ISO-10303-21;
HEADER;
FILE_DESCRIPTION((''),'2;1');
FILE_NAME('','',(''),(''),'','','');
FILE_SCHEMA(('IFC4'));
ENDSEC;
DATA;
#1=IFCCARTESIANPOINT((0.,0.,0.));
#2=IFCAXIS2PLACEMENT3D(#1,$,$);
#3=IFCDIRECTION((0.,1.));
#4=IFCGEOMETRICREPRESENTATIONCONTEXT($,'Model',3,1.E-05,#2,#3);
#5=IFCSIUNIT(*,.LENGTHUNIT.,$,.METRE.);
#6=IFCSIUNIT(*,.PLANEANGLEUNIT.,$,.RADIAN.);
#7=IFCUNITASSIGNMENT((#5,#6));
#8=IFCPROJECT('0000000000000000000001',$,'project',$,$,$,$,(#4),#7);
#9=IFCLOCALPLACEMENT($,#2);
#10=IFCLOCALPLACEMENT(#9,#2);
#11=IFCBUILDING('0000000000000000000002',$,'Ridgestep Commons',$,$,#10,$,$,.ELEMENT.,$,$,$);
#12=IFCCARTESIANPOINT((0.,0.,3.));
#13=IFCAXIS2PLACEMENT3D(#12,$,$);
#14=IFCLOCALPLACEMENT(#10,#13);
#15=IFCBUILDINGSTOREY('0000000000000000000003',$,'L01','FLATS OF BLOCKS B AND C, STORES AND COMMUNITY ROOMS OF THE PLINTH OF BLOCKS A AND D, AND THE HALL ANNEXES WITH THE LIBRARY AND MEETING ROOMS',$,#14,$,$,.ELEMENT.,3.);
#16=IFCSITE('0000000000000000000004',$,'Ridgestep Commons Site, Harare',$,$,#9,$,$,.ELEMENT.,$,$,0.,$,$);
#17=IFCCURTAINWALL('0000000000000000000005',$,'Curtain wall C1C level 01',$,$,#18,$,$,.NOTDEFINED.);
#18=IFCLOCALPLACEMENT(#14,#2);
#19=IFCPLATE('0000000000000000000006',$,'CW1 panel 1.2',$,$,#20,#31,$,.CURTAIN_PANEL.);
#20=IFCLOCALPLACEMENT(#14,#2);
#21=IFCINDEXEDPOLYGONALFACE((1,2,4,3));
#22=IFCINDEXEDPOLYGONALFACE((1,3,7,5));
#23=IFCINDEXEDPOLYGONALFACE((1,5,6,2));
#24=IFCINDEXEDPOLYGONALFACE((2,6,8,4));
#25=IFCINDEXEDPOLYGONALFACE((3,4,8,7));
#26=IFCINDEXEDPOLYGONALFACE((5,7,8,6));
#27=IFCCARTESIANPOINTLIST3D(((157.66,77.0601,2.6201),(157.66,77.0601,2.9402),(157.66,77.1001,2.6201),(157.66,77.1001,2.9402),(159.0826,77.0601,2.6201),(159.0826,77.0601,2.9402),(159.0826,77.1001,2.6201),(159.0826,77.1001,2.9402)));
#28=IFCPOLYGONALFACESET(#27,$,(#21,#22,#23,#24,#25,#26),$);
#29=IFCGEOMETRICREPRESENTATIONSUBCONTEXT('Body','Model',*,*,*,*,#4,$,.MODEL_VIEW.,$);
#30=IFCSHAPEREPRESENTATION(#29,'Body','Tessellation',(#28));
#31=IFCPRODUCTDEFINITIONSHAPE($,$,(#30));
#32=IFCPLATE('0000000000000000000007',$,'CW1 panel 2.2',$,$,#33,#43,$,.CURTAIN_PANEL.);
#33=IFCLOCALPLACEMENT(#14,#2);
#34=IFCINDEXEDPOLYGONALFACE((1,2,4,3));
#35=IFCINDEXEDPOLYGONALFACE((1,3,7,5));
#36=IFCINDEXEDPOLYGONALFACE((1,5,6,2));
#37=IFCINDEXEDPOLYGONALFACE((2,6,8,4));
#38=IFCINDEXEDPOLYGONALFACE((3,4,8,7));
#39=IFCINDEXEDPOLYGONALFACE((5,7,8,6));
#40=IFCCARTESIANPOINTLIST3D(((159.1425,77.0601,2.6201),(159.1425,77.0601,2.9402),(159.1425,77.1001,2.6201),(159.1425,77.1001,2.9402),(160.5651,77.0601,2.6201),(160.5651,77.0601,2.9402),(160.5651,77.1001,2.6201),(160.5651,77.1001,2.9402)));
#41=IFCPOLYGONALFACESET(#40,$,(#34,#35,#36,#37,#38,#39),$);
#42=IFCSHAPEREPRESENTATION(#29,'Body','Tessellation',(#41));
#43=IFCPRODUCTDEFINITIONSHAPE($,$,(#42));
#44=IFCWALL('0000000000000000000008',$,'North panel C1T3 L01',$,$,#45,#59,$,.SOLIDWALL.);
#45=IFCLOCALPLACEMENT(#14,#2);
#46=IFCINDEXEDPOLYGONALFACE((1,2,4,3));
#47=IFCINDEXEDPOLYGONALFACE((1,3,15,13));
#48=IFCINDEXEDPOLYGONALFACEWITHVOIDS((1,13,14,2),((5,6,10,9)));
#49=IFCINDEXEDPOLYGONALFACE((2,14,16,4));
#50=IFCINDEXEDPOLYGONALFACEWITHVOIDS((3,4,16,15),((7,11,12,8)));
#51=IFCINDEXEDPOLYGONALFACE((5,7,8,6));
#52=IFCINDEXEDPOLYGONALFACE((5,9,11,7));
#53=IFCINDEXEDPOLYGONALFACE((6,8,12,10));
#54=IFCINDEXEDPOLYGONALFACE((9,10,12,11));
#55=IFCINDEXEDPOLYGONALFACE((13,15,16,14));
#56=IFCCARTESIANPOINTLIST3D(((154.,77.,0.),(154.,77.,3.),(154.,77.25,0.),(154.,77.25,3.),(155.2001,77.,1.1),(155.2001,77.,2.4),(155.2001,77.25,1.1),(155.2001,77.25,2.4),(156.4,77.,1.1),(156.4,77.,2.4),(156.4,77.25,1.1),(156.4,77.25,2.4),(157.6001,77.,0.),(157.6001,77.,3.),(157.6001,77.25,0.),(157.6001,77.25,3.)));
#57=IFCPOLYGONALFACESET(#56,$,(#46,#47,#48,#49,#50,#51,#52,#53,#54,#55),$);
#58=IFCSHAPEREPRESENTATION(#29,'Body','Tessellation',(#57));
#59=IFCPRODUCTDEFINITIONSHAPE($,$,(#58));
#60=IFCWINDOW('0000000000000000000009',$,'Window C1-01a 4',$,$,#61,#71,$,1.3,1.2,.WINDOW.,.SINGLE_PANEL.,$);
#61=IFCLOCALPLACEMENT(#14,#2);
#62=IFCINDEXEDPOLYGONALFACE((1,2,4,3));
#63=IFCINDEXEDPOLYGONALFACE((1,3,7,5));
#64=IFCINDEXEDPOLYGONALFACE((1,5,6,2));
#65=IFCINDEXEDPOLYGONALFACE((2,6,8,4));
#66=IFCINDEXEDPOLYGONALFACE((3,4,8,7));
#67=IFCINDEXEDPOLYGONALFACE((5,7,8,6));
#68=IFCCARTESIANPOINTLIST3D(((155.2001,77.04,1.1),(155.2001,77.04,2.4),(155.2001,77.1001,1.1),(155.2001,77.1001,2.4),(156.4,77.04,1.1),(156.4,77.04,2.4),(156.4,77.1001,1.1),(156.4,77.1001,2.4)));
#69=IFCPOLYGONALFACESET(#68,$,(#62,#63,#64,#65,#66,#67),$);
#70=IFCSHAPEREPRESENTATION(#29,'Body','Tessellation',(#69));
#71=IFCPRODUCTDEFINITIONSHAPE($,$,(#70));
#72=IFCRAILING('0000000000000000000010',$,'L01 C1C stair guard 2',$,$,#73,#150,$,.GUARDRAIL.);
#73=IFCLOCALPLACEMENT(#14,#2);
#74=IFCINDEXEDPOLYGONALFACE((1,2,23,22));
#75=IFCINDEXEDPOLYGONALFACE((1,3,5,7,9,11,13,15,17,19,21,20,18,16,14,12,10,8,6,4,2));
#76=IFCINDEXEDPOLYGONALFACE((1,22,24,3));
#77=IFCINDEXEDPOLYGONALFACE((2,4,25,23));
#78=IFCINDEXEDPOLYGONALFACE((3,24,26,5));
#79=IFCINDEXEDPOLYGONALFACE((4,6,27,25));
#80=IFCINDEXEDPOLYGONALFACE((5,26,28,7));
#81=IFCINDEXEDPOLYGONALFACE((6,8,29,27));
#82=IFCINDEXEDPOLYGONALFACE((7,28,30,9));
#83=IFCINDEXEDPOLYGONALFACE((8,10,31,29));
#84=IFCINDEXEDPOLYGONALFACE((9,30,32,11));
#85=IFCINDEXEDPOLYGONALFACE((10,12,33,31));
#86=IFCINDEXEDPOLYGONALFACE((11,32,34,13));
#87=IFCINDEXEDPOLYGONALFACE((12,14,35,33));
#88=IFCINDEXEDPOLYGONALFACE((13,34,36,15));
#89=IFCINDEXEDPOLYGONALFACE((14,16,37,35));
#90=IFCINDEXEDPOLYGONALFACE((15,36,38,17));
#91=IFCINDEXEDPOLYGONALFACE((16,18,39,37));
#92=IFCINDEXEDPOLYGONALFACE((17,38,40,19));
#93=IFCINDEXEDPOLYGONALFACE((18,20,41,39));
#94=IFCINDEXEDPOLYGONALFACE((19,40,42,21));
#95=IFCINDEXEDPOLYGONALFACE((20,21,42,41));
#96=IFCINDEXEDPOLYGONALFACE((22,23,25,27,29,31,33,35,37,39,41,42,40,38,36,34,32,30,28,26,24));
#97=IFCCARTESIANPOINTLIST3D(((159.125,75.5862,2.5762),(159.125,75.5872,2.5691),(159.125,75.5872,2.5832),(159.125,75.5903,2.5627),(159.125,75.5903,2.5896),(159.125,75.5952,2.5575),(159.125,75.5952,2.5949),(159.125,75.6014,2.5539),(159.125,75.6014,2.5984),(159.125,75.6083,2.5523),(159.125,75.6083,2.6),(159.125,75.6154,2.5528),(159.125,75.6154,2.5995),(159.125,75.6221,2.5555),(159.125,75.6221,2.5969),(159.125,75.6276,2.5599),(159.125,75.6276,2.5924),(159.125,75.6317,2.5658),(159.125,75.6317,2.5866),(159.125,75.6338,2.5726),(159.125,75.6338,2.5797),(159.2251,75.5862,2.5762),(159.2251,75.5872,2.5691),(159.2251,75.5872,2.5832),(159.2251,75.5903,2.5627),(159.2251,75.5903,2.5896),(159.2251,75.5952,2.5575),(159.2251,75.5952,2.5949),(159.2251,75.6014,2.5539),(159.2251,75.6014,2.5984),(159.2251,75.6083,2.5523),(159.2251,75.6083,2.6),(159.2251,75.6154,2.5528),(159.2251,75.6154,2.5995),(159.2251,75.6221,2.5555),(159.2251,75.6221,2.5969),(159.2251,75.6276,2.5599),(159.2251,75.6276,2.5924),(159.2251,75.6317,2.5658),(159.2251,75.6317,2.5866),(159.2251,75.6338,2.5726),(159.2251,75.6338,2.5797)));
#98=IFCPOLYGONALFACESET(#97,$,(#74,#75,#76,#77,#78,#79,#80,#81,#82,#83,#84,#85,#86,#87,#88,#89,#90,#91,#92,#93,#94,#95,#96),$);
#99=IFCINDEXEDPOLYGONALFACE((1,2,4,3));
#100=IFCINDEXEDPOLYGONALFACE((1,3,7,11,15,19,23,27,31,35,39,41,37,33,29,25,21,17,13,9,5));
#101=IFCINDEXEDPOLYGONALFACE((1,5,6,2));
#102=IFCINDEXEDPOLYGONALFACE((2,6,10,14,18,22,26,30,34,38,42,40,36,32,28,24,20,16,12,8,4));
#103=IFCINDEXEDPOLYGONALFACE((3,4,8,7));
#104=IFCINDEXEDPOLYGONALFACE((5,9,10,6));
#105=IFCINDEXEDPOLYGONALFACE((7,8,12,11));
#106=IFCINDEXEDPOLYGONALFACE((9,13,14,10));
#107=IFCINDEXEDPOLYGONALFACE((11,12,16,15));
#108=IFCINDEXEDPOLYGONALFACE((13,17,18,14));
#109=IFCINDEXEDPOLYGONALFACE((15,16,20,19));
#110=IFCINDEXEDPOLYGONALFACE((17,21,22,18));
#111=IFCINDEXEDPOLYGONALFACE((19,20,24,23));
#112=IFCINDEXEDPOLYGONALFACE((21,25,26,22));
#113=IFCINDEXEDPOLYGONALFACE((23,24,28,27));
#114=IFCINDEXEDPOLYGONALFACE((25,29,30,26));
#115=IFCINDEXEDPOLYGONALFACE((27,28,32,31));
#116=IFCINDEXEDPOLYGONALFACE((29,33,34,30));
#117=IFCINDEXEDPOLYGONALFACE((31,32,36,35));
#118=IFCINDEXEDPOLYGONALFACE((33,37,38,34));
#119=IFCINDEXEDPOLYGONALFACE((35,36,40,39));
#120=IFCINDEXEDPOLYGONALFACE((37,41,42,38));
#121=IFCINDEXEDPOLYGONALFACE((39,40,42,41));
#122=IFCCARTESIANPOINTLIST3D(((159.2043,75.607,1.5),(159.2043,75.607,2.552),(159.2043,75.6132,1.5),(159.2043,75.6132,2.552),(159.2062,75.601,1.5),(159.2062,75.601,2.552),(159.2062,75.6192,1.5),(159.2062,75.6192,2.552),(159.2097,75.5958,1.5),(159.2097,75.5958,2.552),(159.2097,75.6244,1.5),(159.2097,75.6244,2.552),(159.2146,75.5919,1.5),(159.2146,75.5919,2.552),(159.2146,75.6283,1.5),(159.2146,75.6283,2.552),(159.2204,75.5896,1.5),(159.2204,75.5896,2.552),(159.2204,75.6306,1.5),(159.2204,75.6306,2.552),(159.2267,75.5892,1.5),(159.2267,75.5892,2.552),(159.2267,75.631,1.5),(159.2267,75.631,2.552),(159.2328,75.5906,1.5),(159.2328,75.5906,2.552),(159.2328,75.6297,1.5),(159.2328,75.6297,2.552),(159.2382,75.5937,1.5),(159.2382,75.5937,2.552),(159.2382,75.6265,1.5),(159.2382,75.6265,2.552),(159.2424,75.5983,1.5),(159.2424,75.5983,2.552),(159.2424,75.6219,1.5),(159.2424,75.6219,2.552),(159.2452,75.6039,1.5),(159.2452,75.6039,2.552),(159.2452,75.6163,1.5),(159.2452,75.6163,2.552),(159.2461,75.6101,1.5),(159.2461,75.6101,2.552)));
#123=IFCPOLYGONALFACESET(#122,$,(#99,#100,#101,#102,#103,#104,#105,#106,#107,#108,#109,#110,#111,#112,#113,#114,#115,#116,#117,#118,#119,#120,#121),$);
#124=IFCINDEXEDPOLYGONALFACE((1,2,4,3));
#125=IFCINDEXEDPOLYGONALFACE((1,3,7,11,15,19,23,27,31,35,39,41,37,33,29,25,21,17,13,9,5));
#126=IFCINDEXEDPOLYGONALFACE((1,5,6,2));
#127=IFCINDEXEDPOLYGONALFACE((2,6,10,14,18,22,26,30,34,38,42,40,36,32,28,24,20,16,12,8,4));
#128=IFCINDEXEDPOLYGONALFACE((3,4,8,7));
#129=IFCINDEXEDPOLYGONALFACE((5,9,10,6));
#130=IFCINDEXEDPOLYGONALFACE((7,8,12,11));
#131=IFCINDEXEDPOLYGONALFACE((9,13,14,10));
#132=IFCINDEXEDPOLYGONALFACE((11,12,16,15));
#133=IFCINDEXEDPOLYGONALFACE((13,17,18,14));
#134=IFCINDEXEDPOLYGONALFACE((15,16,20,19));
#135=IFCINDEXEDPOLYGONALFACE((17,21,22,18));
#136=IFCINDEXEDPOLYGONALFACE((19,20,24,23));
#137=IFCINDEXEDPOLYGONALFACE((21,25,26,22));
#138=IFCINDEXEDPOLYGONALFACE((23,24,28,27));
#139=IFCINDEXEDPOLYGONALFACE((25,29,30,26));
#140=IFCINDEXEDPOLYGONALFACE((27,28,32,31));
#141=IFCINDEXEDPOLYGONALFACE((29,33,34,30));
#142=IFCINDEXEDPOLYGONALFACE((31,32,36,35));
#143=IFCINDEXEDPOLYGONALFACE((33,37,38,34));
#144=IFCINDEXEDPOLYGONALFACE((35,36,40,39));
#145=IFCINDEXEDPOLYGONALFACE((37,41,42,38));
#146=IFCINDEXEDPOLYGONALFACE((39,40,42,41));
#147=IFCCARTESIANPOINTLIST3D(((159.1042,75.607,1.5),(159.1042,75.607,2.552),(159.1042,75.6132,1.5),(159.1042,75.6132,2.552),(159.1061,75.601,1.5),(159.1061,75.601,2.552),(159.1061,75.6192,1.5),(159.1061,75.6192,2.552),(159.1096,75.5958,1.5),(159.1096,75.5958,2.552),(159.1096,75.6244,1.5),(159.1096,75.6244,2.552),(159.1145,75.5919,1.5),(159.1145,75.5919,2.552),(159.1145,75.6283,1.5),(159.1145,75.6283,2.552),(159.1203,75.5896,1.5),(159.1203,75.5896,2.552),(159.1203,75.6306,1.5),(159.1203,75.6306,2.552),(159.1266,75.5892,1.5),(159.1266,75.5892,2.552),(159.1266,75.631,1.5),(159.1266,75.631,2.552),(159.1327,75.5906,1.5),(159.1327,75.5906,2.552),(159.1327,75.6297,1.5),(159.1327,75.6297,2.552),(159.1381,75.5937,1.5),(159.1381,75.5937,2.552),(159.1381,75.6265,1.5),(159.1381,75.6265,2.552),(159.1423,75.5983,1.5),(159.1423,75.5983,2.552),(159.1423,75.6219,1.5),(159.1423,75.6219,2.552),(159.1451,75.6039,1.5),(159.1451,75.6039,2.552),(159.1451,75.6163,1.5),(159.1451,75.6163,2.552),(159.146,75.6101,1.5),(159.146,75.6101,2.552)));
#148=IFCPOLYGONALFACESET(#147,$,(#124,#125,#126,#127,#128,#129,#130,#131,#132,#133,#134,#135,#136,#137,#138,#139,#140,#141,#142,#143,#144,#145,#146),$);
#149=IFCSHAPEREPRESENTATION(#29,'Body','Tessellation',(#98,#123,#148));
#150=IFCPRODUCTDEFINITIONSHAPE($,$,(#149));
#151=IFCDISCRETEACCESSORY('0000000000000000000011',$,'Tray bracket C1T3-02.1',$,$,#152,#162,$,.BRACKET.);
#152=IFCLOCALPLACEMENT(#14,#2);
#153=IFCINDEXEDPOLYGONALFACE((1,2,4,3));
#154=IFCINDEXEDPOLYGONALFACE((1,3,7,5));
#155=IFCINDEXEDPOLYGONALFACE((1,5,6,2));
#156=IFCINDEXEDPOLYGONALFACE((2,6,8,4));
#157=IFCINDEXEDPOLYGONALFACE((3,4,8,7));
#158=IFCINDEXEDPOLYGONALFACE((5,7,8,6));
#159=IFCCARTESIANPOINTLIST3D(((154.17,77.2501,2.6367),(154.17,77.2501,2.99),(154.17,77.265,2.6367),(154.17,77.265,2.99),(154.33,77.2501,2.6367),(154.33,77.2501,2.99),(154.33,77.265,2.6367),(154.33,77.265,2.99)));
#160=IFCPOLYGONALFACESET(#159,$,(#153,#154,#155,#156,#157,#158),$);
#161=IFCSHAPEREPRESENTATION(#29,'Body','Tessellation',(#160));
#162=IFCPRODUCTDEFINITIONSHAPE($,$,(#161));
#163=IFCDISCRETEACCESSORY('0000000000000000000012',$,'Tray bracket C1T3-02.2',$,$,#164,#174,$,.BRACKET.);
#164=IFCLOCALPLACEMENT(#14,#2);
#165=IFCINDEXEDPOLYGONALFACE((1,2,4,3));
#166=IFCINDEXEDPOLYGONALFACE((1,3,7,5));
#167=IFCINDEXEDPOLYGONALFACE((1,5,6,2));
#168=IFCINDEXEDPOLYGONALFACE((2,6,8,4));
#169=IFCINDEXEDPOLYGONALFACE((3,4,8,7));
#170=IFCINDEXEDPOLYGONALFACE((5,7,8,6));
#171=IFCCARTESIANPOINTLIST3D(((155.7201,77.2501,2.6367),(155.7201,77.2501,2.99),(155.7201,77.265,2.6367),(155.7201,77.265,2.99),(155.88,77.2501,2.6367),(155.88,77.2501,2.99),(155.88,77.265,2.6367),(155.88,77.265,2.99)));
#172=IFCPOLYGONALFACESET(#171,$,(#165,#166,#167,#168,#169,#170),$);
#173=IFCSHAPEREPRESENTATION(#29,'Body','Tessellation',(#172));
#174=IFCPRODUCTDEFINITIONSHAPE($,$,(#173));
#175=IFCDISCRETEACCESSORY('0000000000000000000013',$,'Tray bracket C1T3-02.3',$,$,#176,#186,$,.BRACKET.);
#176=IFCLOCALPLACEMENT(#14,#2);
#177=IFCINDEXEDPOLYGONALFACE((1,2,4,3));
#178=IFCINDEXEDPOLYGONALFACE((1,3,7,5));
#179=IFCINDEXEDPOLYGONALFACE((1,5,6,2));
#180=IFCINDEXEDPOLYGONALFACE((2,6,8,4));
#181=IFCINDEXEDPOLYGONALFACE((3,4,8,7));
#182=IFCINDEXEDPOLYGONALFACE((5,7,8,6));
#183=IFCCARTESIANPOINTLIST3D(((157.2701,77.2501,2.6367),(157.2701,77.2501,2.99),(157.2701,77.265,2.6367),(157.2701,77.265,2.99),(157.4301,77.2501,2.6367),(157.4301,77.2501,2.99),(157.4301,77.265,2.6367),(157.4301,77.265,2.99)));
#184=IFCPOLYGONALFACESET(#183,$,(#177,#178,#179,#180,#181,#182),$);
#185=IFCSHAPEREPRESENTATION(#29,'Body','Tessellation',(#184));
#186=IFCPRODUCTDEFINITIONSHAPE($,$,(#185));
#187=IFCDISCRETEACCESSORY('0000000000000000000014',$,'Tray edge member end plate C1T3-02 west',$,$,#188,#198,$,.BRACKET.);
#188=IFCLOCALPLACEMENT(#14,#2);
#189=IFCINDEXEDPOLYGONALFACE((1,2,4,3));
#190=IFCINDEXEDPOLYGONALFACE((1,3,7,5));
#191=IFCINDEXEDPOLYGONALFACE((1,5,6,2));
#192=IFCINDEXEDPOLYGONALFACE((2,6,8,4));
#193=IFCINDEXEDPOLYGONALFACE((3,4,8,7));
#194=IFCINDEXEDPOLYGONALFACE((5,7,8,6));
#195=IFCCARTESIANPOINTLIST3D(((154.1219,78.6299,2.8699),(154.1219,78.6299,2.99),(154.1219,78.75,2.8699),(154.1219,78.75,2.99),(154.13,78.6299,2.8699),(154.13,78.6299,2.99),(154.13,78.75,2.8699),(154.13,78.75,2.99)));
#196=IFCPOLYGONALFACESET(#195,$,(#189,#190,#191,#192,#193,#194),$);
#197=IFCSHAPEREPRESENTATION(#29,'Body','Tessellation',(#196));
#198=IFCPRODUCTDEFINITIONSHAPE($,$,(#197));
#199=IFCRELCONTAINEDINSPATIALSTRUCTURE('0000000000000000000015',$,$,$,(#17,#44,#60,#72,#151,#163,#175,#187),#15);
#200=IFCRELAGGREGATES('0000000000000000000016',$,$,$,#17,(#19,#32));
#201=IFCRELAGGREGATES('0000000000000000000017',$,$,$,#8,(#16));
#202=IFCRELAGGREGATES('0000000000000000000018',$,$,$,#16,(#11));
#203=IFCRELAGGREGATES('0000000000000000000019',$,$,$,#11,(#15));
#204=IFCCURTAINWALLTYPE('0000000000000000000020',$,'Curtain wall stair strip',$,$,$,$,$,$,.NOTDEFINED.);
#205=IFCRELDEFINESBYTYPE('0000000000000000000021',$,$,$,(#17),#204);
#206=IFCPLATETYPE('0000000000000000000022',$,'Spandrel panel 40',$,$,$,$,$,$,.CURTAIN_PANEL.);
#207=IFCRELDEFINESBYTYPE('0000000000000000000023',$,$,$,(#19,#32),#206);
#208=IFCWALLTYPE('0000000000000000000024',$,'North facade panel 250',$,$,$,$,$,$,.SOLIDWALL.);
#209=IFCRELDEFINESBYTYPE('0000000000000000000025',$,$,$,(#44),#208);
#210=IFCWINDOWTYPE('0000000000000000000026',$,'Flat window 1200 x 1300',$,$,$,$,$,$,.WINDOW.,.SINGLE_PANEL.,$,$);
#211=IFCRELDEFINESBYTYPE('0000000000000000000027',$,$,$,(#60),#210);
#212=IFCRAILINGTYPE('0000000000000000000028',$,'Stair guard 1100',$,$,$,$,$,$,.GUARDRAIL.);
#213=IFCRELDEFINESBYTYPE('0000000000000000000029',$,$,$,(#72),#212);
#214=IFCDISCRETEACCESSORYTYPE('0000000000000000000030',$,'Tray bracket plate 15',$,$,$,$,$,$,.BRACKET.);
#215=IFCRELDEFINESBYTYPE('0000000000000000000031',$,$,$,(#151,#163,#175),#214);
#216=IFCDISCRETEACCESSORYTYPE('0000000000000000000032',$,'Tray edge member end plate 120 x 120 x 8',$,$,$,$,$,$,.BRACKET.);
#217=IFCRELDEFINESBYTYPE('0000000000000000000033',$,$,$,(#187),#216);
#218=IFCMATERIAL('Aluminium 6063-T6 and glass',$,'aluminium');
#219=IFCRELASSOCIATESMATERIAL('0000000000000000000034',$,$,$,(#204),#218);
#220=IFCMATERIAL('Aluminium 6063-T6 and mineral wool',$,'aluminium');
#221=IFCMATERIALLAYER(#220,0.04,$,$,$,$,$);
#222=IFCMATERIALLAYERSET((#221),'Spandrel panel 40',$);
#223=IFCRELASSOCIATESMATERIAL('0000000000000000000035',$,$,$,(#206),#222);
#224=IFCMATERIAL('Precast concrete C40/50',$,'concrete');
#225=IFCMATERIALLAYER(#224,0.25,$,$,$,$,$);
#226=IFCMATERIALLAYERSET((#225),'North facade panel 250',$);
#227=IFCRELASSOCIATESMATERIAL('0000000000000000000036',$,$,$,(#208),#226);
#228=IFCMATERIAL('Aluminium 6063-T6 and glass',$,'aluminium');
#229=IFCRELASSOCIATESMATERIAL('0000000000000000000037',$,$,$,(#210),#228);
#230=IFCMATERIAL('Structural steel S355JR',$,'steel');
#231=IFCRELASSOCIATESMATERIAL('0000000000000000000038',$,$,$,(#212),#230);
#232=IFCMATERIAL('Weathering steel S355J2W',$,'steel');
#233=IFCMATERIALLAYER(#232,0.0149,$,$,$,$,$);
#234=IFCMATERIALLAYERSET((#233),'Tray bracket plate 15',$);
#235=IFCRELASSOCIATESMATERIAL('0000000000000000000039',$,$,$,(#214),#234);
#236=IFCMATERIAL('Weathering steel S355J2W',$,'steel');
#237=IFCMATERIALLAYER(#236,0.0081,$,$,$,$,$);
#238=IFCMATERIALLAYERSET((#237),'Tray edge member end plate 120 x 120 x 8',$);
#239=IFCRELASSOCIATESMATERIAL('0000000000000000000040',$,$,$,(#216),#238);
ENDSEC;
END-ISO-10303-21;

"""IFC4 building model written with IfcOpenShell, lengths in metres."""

from ifc_helpers import new_model, si_unit, direction, frame, frame_2d, origin, origin_2d, place, context, subcontext, project, spatial, rectangle, circle, extrude, material, layer, layer_set, type_object, element, fill, aggregate, save


model = new_model("IFC4")

# Units and contexts
model_context = context("Model", 3, precision=1e-05, world=origin(), true_north=direction((0.0, 1.0)))
body_context = subcontext(model_context, "Body", "Model", "MODEL_VIEW")
ifc_project = project(units=[si_unit("LENGTHUNIT", "METRE"), si_unit("PLANEANGLEUNIT", "RADIAN")], contexts=[model_context])

# Site, building, storey
site_placement = place(None, origin())
site = spatial("IfcSite", under=ifc_project, at=site_placement, Name="Ridgestep Commons Site, Harare", CompositionType="ELEMENT", RefElevation=0.0)
building_placement = place(site_placement, origin())
building = spatial("IfcBuilding", under=site, at=building_placement, Name="Ridgestep Commons", CompositionType="ELEMENT")
storey_placement = place(building_placement, frame((0.0, 0.0, 3.0)))
storey = spatial("IfcBuildingStorey", under=building, at=storey_placement, Name="L01", Description="FLATS OF BLOCKS B AND C, STORES AND COMMUNITY ROOMS OF THE PLINTH OF BLOCKS A AND D, AND THE HALL ANNEXES WITH THE LIBRARY AND MEETING ROOMS", CompositionType="ELEMENT", Elevation=3.0)

# Curtain wall
ifc_material_1 = material(Name="Aluminium 6063-T6 and glass", Category="aluminium")
curtain_wall_type = type_object("IfcCurtainWallType", Name="Curtain wall stair strip", PredefinedType="NOTDEFINED", material=ifc_material_1)
curtain_wall_placement = place(storey_placement, origin())
curtain_wall = element("IfcCurtainWall", 1, at=curtain_wall_placement, inside=storey, type_object=curtain_wall_type, Name="Curtain wall C1C level 01", PredefinedType="NOTDEFINED")

# Plates
ifc_material_2 = material(Name="Aluminium 6063-T6 and mineral wool", Category="aluminium")
ifc_layer_1 = layer(ifc_material_2, 0.04)
ifc_layer_set_1 = layer_set([ifc_layer_1], Name="Spandrel panel 40")
plate_type_1 = type_object("IfcPlateType", Name="Spandrel panel 40", PredefinedType="CURTAIN_PANEL", material=ifc_layer_set_1)
plate_1_placement = place(storey_placement, frame((158.3713, 77.0801, 2.6201), z_axis=(0.0, 0.0, 1.0), x_axis=(1.0, 0.0, 0.0)))
plate_1 = element("IfcPlate", 2, at=plate_1_placement, type_object=plate_type_1, Name="CW1 panel 1.2", PredefinedType="CURTAIN_PANEL", context=body_context, shape_type="SweptSolid", body=[
    extrude(rectangle(XDim=1.4226, YDim=0.04, at=origin_2d()), origin(), (0.0, 0.0, 1.0), 0.3201),
])
plate_2_placement = place(storey_placement, frame((159.8538, 77.0801, 2.6201), z_axis=(0.0, 0.0, 1.0), x_axis=(1.0, 0.0, 0.0)))
plate_2 = element("IfcPlate", 3, at=plate_2_placement, type_object=plate_type_1, Name="CW1 panel 2.2", PredefinedType="CURTAIN_PANEL", context=body_context, shape_type="SweptSolid", body=[
    extrude(rectangle(XDim=1.4226, YDim=0.04, at=origin_2d()), origin(), (0.0, 0.0, 1.0), 0.3201),
])
aggregate(curtain_wall, [plate_1, plate_2])

# Wall, opening, window
ifc_material_3 = material(Name="Precast concrete C40/50", Category="concrete")
ifc_layer_2 = layer(ifc_material_3, 0.25)
ifc_layer_set_2 = layer_set([ifc_layer_2], Name="North facade panel 250")
wall_type = type_object("IfcWallType", Name="North facade panel 250", PredefinedType="SOLIDWALL", material=ifc_layer_set_2)
wall_placement = place(storey_placement, frame((154.0, 77.125, 0.0), z_axis=(0.0, 0.0, 1.0), x_axis=(1.0, 0.0, 0.0)))
wall = element("IfcWall", 4, at=wall_placement, inside=storey, type_object=wall_type, Name="North panel C1T3 L01", PredefinedType="SOLIDWALL", context=body_context, shape_type="SweptSolid", body=[
    extrude(rectangle(XDim=3.6001, YDim=0.25, at=frame_2d((1.8, 0.0))), origin(), (0.0, 0.0, 1.0), 3.0),
])
opening_placement = place(wall_placement, frame((1.2, 0.0, 1.1001)))
opening = element("IfcOpeningElement", 5, at=opening_placement, cuts=wall, PredefinedType="OPENING", context=body_context, shape_type="SweptSolid", body=[
    extrude(rectangle(XDim=1.2, YDim=1.3, at=frame_2d((0.6001, 0.6499))), frame((0.0, 0.135, 0.0), z_axis=(0.0, -1.0, 0.0), x_axis=(1.0, 0.0, 0.0)), (0.0, 0.0, 1.0), 0.27),
])
ifc_material_4 = material(Name="Aluminium 6063-T6 and glass", Category="aluminium")
window_type = type_object("IfcWindowType", Name="Flat window 1200 x 1300", PartitioningType="SINGLE_PANEL", PredefinedType="WINDOW", material=ifc_material_4)
window_placement = place(opening_placement, origin())
window = element("IfcWindow", 6, at=window_placement, inside=storey, type_object=window_type, Name="Window C1-01a 4", OverallHeight=1.3, OverallWidth=1.2, PartitioningType="SINGLE_PANEL", PredefinedType="WINDOW", context=body_context, shape_type="SweptSolid", body=[
    extrude(rectangle(XDim=1.2, YDim=1.3, at=frame_2d((0.6001, 0.6499))), frame((0.0, -0.0249, 0.0), z_axis=(0.0, -1.0, 0.0), x_axis=(1.0, 0.0, 0.0)), (0.0, 0.0, 1.0), 0.0601),
])
fill(opening, window)

# Railing
ifc_material_5 = material(Name="Structural steel S355JR", Category="steel")
railing_type = type_object("IfcRailingType", Name="Stair guard 1100", PredefinedType="GUARDRAIL", material=ifc_material_5)
railing_placement = place(storey_placement, frame((159.2251, 75.6101, 1.5)))
element("IfcRailing", 7, at=railing_placement, inside=storey, type_object=railing_type, Name="L01 C1C stair guard 2", PredefinedType="GUARDRAIL", context=body_context, shape_type="SweptSolid", body=[
    extrude(circle(Radius=0.0239, at=origin_2d()), frame((0.0, 0.0, 1.0762), z_axis=(-1.0, 0.0, 0.0), x_axis=(0.0, -1.0, 0.0)), (0.0, 0.0, 1.0), 0.1001),
    extrude(circle(Radius=0.021, at=origin_2d()), origin(), (0.0, 0.0, 1.0), 1.052),
    extrude(circle(Radius=0.021, at=origin_2d()), frame((-0.1001, 0.0, 0.0)), (0.0, 0.0, 1.0), 1.052),
])

# Discrete accessories
ifc_material_6 = material(Name="Weathering steel S355J2W", Category="steel")
ifc_layer_3 = layer(ifc_material_6, 0.0149)
ifc_layer_set_3 = layer_set([ifc_layer_3], Name="Tray bracket plate 15")
discrete_accessory_type_1 = type_object("IfcDiscreteAccessoryType", Name="Tray bracket plate 15", PredefinedType="BRACKET", material=ifc_layer_set_3)
for number, where, z_axis, x_axis, name in (
    (8, (154.25, 77.2576, 2.6367), (0.0, 0.0, 1.0), (1.0, 0.0, 0.0), "Tray bracket C1T3-02.1"),
    (9, (155.8, 77.2576, 2.6367), (0.0, 0.0, 1.0), (1.0, 0.0, 0.0), "Tray bracket C1T3-02.2"),
    (10, (157.3501, 77.2576, 2.6367), (0.0, 0.0, 1.0), (1.0, 0.0, 0.0), "Tray bracket C1T3-02.3"),
):
    element("IfcDiscreteAccessory", number, at=place(storey_placement, frame(where, z_axis=z_axis, x_axis=x_axis)), inside=storey, type_object=discrete_accessory_type_1, Name=name, PredefinedType="BRACKET", context=body_context, shape_type="SweptSolid", body=[
        extrude(rectangle(XDim=0.1599, YDim=0.0149, at=origin_2d()), origin(), (0.0, 0.0, 1.0), 0.3533),
    ])
ifc_material_7 = material(Name="Weathering steel S355J2W", Category="steel")
ifc_layer_4 = layer(ifc_material_7, 0.0081)
ifc_layer_set_4 = layer_set([ifc_layer_4], Name="Tray edge member end plate 120 x 120 x 8")
discrete_accessory_type_2 = type_object("IfcDiscreteAccessoryType", Name="Tray edge member end plate 120 x 120 x 8", PredefinedType="BRACKET", material=ifc_layer_set_4)
for number, where, z_axis, x_axis, name in (
    (11, (154.126, 78.6899, 2.8699), (0.0, 0.0, 1.0), (1.0, 0.0, 0.0), "Tray edge member end plate C1T3-02 west"),
):
    element("IfcDiscreteAccessory", number, at=place(storey_placement, frame(where, z_axis=z_axis, x_axis=x_axis)), inside=storey, type_object=discrete_accessory_type_2, Name=name, PredefinedType="BRACKET", context=body_context, shape_type="SweptSolid", body=[
        extrude(rectangle(XDim=0.0081, YDim=0.1201, at=origin_2d()), origin(), (0.0, 0.0, 1.0), 0.1201),
    ])

save(model, "model.ifc")
